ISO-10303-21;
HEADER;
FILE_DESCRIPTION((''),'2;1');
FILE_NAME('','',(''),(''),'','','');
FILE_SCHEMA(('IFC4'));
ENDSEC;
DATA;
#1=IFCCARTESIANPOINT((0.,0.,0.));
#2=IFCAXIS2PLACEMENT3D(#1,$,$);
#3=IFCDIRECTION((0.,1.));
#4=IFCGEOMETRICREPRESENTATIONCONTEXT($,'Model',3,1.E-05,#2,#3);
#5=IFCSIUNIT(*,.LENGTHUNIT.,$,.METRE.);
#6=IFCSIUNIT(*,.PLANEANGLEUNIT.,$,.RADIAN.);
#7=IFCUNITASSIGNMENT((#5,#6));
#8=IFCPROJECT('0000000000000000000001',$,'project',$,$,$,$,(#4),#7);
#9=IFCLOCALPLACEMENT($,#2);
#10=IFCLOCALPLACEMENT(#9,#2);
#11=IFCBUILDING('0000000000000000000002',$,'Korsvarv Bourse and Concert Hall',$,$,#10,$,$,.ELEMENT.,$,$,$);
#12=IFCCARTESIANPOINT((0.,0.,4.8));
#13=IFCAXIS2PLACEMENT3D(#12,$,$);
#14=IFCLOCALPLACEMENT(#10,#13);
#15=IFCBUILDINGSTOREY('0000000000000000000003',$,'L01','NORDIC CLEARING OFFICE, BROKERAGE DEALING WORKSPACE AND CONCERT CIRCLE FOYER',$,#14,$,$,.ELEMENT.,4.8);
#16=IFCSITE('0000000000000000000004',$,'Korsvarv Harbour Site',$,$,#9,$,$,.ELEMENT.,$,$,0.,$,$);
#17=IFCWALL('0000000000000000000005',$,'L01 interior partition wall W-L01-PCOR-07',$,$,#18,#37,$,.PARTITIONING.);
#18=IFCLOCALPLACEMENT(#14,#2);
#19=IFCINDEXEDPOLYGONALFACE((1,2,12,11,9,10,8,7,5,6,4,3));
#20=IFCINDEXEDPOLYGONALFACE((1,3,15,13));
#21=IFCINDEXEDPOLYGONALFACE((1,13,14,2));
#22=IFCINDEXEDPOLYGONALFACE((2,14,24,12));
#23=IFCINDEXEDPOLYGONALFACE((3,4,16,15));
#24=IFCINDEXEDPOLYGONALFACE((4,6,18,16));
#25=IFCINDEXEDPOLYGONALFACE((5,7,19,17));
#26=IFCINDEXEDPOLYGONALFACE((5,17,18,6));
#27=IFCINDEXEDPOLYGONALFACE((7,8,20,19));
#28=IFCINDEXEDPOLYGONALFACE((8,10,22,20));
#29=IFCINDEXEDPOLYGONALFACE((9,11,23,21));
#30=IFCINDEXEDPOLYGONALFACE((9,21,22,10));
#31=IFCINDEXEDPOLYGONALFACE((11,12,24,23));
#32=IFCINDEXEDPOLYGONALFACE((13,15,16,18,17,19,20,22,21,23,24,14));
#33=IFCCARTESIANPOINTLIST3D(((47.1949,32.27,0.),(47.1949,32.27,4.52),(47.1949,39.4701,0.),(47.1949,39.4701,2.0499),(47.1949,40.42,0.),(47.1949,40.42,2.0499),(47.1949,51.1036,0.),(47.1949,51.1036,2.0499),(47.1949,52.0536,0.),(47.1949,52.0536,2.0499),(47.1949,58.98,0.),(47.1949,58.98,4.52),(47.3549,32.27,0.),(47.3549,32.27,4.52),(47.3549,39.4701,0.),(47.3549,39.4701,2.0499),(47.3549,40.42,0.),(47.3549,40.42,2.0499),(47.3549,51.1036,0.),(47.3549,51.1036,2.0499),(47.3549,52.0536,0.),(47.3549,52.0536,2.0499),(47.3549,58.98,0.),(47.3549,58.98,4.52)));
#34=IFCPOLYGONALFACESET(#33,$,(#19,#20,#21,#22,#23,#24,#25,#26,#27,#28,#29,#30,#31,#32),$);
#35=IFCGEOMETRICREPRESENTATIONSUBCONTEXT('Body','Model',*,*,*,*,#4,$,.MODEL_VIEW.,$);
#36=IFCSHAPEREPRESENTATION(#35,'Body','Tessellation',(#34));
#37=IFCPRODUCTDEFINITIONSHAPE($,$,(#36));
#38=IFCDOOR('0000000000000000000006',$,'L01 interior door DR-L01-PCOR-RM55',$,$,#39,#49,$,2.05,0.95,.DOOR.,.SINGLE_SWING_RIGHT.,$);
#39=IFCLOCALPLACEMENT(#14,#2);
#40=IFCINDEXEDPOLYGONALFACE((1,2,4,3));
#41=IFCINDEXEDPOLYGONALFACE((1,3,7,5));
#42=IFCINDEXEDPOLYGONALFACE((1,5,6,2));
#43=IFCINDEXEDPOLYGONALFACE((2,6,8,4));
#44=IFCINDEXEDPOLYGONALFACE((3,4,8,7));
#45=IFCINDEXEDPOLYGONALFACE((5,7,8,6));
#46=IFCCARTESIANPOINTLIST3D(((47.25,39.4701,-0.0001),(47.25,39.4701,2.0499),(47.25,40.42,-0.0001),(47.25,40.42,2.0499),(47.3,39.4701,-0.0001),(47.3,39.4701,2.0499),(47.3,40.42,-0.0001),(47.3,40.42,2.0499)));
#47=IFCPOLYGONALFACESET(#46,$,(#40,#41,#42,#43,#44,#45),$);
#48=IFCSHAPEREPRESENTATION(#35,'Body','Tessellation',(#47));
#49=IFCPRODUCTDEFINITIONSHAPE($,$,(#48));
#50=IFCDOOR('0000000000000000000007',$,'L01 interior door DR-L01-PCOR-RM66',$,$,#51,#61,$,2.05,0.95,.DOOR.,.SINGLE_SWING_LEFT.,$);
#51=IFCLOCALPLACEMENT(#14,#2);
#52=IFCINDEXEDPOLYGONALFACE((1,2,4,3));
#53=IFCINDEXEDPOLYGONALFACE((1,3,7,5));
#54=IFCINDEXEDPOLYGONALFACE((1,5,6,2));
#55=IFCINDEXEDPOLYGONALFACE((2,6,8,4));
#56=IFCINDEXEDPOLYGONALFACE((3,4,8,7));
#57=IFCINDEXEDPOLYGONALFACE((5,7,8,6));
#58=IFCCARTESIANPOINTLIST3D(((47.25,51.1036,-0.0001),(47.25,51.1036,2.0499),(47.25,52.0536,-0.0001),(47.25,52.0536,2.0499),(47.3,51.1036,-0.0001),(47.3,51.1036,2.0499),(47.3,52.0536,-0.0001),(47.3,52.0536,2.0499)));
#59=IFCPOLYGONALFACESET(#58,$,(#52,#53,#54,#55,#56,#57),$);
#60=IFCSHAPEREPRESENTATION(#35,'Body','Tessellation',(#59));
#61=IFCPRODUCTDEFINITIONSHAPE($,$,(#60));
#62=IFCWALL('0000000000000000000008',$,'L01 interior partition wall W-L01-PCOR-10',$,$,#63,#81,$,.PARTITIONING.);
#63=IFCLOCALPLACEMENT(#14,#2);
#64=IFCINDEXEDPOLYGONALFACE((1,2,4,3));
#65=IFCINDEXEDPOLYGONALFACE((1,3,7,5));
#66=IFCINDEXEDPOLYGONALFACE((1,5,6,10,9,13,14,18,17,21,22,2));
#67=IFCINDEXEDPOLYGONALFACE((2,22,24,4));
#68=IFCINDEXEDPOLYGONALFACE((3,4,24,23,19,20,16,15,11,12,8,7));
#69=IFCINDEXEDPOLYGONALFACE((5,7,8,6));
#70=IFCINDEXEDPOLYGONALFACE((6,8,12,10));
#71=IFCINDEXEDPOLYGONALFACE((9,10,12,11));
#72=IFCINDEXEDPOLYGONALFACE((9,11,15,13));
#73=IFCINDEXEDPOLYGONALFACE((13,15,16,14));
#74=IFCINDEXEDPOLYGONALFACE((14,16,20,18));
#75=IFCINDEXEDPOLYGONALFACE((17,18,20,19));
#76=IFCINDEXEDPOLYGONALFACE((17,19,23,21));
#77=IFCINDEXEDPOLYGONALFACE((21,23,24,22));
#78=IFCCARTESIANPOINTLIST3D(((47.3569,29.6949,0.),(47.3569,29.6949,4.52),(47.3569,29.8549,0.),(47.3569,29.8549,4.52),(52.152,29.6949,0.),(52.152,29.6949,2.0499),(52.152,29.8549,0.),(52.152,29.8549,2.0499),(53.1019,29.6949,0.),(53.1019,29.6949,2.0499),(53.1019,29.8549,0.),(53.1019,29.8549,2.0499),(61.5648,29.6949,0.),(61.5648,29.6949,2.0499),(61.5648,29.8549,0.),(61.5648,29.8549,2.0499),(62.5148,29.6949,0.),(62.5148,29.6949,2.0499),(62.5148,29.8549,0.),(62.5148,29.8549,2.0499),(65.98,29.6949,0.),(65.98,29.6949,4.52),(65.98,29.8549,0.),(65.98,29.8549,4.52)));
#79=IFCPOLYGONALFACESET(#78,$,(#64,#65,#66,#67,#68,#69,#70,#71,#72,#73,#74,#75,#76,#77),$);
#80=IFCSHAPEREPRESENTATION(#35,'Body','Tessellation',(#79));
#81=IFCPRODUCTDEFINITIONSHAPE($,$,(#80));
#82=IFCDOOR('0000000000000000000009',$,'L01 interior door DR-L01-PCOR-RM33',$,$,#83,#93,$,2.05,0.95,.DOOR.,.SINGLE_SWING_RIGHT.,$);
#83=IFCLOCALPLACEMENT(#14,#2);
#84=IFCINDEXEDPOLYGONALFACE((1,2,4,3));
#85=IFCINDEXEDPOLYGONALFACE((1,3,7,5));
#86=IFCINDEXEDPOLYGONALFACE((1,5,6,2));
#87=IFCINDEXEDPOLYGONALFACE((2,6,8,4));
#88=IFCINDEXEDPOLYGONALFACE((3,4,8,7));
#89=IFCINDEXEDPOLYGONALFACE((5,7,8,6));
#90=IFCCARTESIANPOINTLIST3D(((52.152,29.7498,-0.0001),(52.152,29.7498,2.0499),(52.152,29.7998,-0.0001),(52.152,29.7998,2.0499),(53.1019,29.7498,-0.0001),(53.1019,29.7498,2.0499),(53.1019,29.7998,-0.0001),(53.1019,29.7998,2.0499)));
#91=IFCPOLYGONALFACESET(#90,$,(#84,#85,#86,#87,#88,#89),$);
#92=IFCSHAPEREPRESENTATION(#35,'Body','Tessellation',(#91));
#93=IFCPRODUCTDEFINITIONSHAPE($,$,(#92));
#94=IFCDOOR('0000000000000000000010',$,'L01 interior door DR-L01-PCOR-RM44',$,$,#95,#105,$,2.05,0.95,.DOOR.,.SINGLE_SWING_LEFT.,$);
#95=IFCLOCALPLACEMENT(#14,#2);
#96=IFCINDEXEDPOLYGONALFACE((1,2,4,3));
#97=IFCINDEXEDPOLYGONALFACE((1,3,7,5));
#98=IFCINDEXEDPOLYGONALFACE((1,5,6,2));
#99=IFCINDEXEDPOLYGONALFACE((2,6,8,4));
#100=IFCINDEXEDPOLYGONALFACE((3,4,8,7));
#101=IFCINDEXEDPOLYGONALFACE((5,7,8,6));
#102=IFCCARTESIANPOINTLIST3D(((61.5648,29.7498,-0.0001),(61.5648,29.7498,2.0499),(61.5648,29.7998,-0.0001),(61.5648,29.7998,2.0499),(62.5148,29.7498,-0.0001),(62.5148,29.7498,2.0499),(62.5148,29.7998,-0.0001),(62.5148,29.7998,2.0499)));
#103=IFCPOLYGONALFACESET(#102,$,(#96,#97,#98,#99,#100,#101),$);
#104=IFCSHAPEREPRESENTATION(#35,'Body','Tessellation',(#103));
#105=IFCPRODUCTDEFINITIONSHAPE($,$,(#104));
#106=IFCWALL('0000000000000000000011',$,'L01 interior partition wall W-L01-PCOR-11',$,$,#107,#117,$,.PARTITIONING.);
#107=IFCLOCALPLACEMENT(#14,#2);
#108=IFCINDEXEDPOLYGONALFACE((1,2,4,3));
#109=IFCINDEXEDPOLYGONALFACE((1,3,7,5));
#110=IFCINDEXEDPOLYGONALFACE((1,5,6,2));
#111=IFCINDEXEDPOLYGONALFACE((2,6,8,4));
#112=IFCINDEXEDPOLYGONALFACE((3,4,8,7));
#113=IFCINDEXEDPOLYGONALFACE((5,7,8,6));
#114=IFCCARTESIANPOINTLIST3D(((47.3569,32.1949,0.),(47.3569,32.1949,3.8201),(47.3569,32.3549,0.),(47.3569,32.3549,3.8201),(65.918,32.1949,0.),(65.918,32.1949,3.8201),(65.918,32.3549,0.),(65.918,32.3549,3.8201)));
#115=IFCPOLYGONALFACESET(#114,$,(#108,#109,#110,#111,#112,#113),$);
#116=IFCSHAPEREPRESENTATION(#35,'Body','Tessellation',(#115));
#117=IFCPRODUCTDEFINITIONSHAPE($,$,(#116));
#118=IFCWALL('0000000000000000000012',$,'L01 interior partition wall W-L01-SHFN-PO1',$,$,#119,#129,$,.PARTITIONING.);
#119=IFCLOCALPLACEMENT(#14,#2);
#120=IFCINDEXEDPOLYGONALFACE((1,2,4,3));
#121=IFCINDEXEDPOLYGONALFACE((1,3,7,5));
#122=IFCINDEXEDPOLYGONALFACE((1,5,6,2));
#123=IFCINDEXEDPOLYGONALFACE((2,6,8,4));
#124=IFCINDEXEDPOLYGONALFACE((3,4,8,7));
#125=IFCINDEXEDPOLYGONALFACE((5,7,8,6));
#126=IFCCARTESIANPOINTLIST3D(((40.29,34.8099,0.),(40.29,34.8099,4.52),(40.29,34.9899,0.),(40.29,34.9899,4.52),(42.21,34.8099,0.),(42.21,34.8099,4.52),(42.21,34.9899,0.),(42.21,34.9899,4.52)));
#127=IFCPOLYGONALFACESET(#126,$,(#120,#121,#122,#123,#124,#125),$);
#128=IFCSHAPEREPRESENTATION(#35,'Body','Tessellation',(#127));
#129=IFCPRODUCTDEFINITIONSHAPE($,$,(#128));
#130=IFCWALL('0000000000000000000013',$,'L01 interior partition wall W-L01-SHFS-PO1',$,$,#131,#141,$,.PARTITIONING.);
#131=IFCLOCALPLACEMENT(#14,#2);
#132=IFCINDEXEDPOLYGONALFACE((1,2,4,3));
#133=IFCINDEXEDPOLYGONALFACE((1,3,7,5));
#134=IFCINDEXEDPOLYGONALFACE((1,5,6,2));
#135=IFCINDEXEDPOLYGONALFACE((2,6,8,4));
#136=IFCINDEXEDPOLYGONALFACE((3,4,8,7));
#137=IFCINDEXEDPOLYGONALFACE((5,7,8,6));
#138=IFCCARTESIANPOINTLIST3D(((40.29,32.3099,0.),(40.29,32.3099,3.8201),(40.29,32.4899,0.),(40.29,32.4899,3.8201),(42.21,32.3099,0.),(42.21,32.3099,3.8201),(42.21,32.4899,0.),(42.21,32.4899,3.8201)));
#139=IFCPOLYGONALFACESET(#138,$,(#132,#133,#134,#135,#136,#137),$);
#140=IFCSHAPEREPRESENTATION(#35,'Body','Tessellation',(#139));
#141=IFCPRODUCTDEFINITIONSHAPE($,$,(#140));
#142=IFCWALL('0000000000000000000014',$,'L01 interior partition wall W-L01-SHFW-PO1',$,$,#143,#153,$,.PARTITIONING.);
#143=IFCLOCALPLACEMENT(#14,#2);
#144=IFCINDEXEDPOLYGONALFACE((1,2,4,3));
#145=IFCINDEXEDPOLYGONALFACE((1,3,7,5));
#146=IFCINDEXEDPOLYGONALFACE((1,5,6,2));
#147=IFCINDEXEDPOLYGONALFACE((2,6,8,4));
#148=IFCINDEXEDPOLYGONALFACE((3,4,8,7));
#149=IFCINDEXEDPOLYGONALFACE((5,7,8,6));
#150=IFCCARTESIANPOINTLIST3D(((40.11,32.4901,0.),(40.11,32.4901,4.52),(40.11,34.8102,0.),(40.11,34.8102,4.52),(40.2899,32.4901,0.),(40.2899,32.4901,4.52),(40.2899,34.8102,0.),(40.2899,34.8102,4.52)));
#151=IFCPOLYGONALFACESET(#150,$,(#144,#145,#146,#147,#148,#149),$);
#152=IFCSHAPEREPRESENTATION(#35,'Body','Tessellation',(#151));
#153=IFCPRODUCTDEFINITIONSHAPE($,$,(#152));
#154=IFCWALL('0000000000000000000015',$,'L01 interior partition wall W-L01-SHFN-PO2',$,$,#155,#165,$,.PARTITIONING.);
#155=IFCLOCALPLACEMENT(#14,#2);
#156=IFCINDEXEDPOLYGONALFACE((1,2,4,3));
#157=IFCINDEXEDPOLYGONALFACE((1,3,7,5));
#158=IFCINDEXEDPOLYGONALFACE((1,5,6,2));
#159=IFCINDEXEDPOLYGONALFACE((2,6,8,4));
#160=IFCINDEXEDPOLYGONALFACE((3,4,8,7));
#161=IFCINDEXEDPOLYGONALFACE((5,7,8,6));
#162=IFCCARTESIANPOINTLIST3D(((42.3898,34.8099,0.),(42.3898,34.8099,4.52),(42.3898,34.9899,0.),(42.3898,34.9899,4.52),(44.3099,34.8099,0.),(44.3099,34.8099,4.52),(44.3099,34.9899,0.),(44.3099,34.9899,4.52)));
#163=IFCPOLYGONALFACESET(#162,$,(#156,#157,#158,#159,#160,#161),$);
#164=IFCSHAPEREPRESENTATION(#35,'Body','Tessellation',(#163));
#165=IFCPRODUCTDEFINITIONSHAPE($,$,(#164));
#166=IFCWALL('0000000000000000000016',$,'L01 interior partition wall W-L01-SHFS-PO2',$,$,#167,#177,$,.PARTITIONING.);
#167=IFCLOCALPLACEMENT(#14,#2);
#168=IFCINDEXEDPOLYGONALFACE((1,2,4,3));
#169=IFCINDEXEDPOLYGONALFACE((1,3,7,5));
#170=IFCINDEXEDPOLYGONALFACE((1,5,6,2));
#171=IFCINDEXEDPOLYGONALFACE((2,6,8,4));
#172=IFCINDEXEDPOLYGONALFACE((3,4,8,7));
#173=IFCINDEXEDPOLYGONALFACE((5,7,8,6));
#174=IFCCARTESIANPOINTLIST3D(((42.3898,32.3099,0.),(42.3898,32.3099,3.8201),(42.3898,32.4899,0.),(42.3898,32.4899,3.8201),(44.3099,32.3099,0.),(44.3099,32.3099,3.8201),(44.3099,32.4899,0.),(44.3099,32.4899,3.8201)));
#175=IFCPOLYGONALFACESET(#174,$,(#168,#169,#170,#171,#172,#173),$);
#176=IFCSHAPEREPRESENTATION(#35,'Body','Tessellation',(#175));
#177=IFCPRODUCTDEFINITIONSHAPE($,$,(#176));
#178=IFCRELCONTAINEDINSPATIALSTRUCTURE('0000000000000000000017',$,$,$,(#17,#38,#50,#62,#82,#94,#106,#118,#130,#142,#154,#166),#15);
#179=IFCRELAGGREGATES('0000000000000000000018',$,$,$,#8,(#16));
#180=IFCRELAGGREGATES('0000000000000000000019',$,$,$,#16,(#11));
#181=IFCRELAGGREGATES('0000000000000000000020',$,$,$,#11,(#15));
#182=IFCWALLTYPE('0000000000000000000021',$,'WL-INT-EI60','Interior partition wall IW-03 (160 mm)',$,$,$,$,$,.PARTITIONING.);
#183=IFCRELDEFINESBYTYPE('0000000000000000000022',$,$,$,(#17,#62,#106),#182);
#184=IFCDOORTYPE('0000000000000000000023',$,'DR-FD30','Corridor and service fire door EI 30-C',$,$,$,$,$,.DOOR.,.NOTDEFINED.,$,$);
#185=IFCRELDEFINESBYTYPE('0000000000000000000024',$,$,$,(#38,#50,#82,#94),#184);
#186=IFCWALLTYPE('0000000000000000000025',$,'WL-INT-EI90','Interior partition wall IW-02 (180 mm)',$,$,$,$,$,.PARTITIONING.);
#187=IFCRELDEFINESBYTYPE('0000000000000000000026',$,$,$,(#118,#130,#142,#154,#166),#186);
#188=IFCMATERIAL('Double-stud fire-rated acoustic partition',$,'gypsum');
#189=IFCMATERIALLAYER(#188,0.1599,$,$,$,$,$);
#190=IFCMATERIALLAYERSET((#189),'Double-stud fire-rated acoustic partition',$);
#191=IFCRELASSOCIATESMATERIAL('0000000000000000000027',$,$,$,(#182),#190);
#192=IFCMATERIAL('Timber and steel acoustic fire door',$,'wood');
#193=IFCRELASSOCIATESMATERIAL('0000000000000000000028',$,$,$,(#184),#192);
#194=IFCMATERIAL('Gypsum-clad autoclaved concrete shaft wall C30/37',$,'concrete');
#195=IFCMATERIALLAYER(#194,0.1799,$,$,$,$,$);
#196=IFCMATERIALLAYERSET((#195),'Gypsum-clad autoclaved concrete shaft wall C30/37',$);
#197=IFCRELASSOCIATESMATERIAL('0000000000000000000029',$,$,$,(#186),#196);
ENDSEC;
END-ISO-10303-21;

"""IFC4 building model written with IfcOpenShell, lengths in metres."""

from ifc_helpers import new_model, si_unit, direction, frame, frame_2d, origin, place, context, subcontext, project, spatial, rectangle, extrude, material, layer, layer_set, type_object, element, fill, save


model = new_model("IFC4")

# Units and contexts
model_context = context("Model", 3, precision=1e-05, world=origin(), true_north=direction((0.0, 1.0)))
body_context = subcontext(model_context, "Body", "Model", "MODEL_VIEW")
ifc_project = project(units=[si_unit("LENGTHUNIT", "METRE"), si_unit("PLANEANGLEUNIT", "RADIAN")], contexts=[model_context])

# Site, building, storey
site_placement = place(None, origin())
site = spatial("IfcSite", under=ifc_project, at=site_placement, Name="Korsvarv Harbour Site", CompositionType="ELEMENT", RefElevation=0.0)
building_placement = place(site_placement, origin())
building = spatial("IfcBuilding", under=site, at=building_placement, Name="Korsvarv Bourse and Concert Hall", CompositionType="ELEMENT")
storey_placement = place(building_placement, frame((0.0, 0.0, 4.8)))
storey = spatial("IfcBuildingStorey", under=building, at=storey_placement, Name="L01", Description="NORDIC CLEARING OFFICE, BROKERAGE DEALING WORKSPACE AND CONCERT CIRCLE FOYER", CompositionType="ELEMENT", Elevation=4.8)

# Shared definitions
ifc_material_1 = material(Name="Double-stud fire-rated acoustic partition", Category="gypsum")
ifc_layer_1 = layer(ifc_material_1, 0.1599)
ifc_layer_set_1 = layer_set([ifc_layer_1], Name="Double-stud fire-rated acoustic partition")
wall_type_1 = type_object("IfcWallType", Name="WL-INT-EI60", Description="Interior partition wall IW-03 (160 mm)", PredefinedType="PARTITIONING", material=ifc_layer_set_1)

# Walls, openings, doors
wall_1_placement = place(storey_placement, frame((47.2749, 32.27, 0.0), z_axis=(0.0, 0.0, 1.0), x_axis=(0.0, 1.0, 0.0)))
wall_1 = element("IfcWall", 1, at=wall_1_placement, inside=storey, type_object=wall_type_1, Name="L01 interior partition wall W-L01-PCOR-07", PredefinedType="PARTITIONING", context=body_context, shape_type="SweptSolid", body=[
    extrude(rectangle(XDim=26.71, YDim=0.1599, at=frame_2d((13.355, 0.0))), origin(), (0.0, 0.0, 1.0), 4.52),
])
opening_1_placement = place(wall_1_placement, frame((7.2, 0.0, 0.0)))
opening_1 = element("IfcOpeningElement", 2, at=opening_1_placement, cuts=wall_1, PredefinedType="OPENING", context=body_context, shape_type="SweptSolid", body=[
    extrude(rectangle(XDim=0.95, YDim=2.05, at=frame_2d((0.4751, 1.0249))), frame((0.0, 0.0898, 0.0), z_axis=(0.0, -1.0, 0.0), x_axis=(1.0, 0.0, 0.0)), (0.0, 0.0, 1.0), 0.1799),
])
opening_2_placement = place(wall_1_placement, frame((18.8335, 0.0, 0.0)))
opening_2 = element("IfcOpeningElement", 3, at=opening_2_placement, cuts=wall_1, PredefinedType="OPENING", context=body_context, shape_type="SweptSolid", body=[
    extrude(rectangle(XDim=0.95, YDim=2.05, at=frame_2d((0.4751, 1.0249))), frame((0.0, 0.0898, 0.0), z_axis=(0.0, -1.0, 0.0), x_axis=(1.0, 0.0, 0.0)), (0.0, 0.0, 1.0), 0.1799),
])
ifc_material_2 = material(Name="Timber and steel acoustic fire door", Category="wood")
door_type_1 = type_object("IfcDoorType", Name="DR-FD30", Description="Corridor and service fire door EI 30-C", OperationType="NOTDEFINED", PredefinedType="DOOR", material=ifc_material_2)
door_1_placement = place(opening_1_placement, origin())
door_1 = element("IfcDoor", 4, at=door_1_placement, inside=storey, type_object=door_type_1, Name="L01 interior door DR-L01-PCOR-RM55", OperationType="SINGLE_SWING_RIGHT", OverallHeight=2.05, OverallWidth=0.95, PredefinedType="DOOR", context=body_context, shape_type="SweptSolid", body=[
    extrude(rectangle(XDim=0.95, YDim=2.05, at=frame_2d((0.4751, 1.0249))), frame((0.0, 0.0249, 0.0), z_axis=(0.0, -1.0, 0.0), x_axis=(1.0, 0.0, 0.0)), (0.0, 0.0, 1.0), 0.05),
])
fill(opening_1, door_1)
door_2_placement = place(opening_2_placement, origin())
door_2 = element("IfcDoor", 5, at=door_2_placement, inside=storey, type_object=door_type_1, Name="L01 interior door DR-L01-PCOR-RM66", OperationType="SINGLE_SWING_LEFT", OverallHeight=2.05, OverallWidth=0.95, PredefinedType="DOOR", context=body_context, shape_type="SweptSolid", body=[
    extrude(rectangle(XDim=0.95, YDim=2.05, at=frame_2d((0.4751, 1.0249))), frame((0.0, 0.0249, 0.0), z_axis=(0.0, -1.0, 0.0), x_axis=(1.0, 0.0, 0.0)), (0.0, 0.0, 1.0), 0.05),
])
fill(opening_2, door_2)
wall_2_placement = place(storey_placement, frame((47.3569, 29.7749, 0.0), z_axis=(0.0, 0.0, 1.0), x_axis=(1.0, 0.0, 0.0)))
wall_2 = element("IfcWall", 6, at=wall_2_placement, inside=storey, type_object=wall_type_1, Name="L01 interior partition wall W-L01-PCOR-10", PredefinedType="PARTITIONING", context=body_context, shape_type="SweptSolid", body=[
    extrude(rectangle(XDim=18.623, YDim=0.1599, at=frame_2d((9.3115, 0.0))), origin(), (0.0, 0.0, 1.0), 4.52),
])
opening_3_placement = place(wall_2_placement, frame((4.7949, 0.0, 0.0)))
opening_3 = element("IfcOpeningElement", 7, at=opening_3_placement, cuts=wall_2, PredefinedType="OPENING", context=body_context, shape_type="SweptSolid", body=[
    extrude(rectangle(XDim=0.95, YDim=2.05, at=frame_2d((0.4751, 1.0249))), frame((0.0, 0.0898, 0.0), z_axis=(0.0, -1.0, 0.0), x_axis=(1.0, 0.0, 0.0)), (0.0, 0.0, 1.0), 0.1799),
])
opening_4_placement = place(wall_2_placement, frame((14.2078, 0.0, 0.0)))
opening_4 = element("IfcOpeningElement", 8, at=opening_4_placement, cuts=wall_2, PredefinedType="OPENING", context=body_context, shape_type="SweptSolid", body=[
    extrude(rectangle(XDim=0.95, YDim=2.05, at=frame_2d((0.4751, 1.0249))), frame((0.0, 0.0898, 0.0), z_axis=(0.0, -1.0, 0.0), x_axis=(1.0, 0.0, 0.0)), (0.0, 0.0, 1.0), 0.1799),
])
door_3_placement = place(opening_3_placement, origin())
door_3 = element("IfcDoor", 9, at=door_3_placement, inside=storey, type_object=door_type_1, Name="L01 interior door DR-L01-PCOR-RM33", OperationType="SINGLE_SWING_RIGHT", OverallHeight=2.05, OverallWidth=0.95, PredefinedType="DOOR", context=body_context, shape_type="SweptSolid", body=[
    extrude(rectangle(XDim=0.95, YDim=2.05, at=frame_2d((0.4751, 1.0249))), frame((0.0, 0.0249, 0.0), z_axis=(0.0, -1.0, 0.0), x_axis=(1.0, 0.0, 0.0)), (0.0, 0.0, 1.0), 0.05),
])
fill(opening_3, door_3)
door_4_placement = place(opening_4_placement, origin())
door_4 = element("IfcDoor", 10, at=door_4_placement, inside=storey, type_object=door_type_1, Name="L01 interior door DR-L01-PCOR-RM44", OperationType="SINGLE_SWING_LEFT", OverallHeight=2.05, OverallWidth=0.95, PredefinedType="DOOR", context=body_context, shape_type="SweptSolid", body=[
    extrude(rectangle(XDim=0.95, YDim=2.05, at=frame_2d((0.4751, 1.0249))), frame((0.0, 0.0249, 0.0), z_axis=(0.0, -1.0, 0.0), x_axis=(1.0, 0.0, 0.0)), (0.0, 0.0, 1.0), 0.05),
])
fill(opening_4, door_4)

# Walls
wall_3_placement = place(storey_placement, frame((47.3569, 32.2749, 0.0), z_axis=(0.0, 0.0, 1.0), x_axis=(1.0, 0.0, 0.0)))
element("IfcWall", 11, at=wall_3_placement, inside=storey, type_object=wall_type_1, Name="L01 interior partition wall W-L01-PCOR-11", PredefinedType="PARTITIONING", context=body_context, shape_type="SweptSolid", body=[
    extrude(rectangle(XDim=18.561, YDim=0.1599, at=frame_2d((9.2805, 0.0))), origin(), (0.0, 0.0, 1.0), 3.8201),
])
ifc_material_3 = material(Name="Gypsum-clad autoclaved concrete shaft wall C30/37", Category="concrete")
ifc_layer_2 = layer(ifc_material_3, 0.1799)
ifc_layer_set_2 = layer_set([ifc_layer_2], Name="Gypsum-clad autoclaved concrete shaft wall C30/37")
wall_type_2 = type_object("IfcWallType", Name="WL-INT-EI90", Description="Interior partition wall IW-02 (180 mm)", PredefinedType="PARTITIONING", material=ifc_layer_set_2)
wall_4_placement = place(storey_placement, frame((40.29, 34.8999, 0.0), z_axis=(0.0, 0.0, 1.0), x_axis=(1.0, 0.0, 0.0)))
element("IfcWall", 12, at=wall_4_placement, inside=storey, type_object=wall_type_2, Name="L01 interior partition wall W-L01-SHFN-PO1", PredefinedType="PARTITIONING", context=body_context, shape_type="SweptSolid", body=[
    extrude(rectangle(XDim=1.9199, YDim=0.1799, at=frame_2d((0.96, 0.0))), origin(), (0.0, 0.0, 1.0), 4.52),
])
wall_5_placement = place(storey_placement, frame((40.29, 32.3999, 0.0), z_axis=(0.0, 0.0, 1.0), x_axis=(1.0, 0.0, 0.0)))
element("IfcWall", 13, at=wall_5_placement, inside=storey, type_object=wall_type_2, Name="L01 interior partition wall W-L01-SHFS-PO1", PredefinedType="PARTITIONING", context=body_context, shape_type="SweptSolid", body=[
    extrude(rectangle(XDim=1.9199, YDim=0.1799, at=frame_2d((0.96, 0.0))), origin(), (0.0, 0.0, 1.0), 3.8201),
])
wall_6_placement = place(storey_placement, frame((40.2, 32.49, 0.0), z_axis=(0.0, 0.0, 1.0), x_axis=(0.0, 1.0, 0.0)))
element("IfcWall", 14, at=wall_6_placement, inside=storey, type_object=wall_type_2, Name="L01 interior partition wall W-L01-SHFW-PO1", PredefinedType="PARTITIONING", context=body_context, shape_type="SweptSolid", body=[
    extrude(rectangle(XDim=2.3201, YDim=0.1799, at=frame_2d((1.1602, 0.0))), origin(), (0.0, 0.0, 1.0), 4.52),
])
wall_7_placement = place(storey_placement, frame((42.3899, 34.8999, 0.0), z_axis=(0.0, 0.0, 1.0), x_axis=(1.0, 0.0, 0.0)))
element("IfcWall", 15, at=wall_7_placement, inside=storey, type_object=wall_type_2, Name="L01 interior partition wall W-L01-SHFN-PO2", PredefinedType="PARTITIONING", context=body_context, shape_type="SweptSolid", body=[
    extrude(rectangle(XDim=1.9202, YDim=0.1799, at=frame_2d((0.96, 0.0))), origin(), (0.0, 0.0, 1.0), 4.52),
])
wall_8_placement = place(storey_placement, frame((42.3899, 32.3999, 0.0), z_axis=(0.0, 0.0, 1.0), x_axis=(1.0, 0.0, 0.0)))
element("IfcWall", 16, at=wall_8_placement, inside=storey, type_object=wall_type_2, Name="L01 interior partition wall W-L01-SHFS-PO2", PredefinedType="PARTITIONING", context=body_context, shape_type="SweptSolid", body=[
    extrude(rectangle(XDim=1.9202, YDim=0.1799, at=frame_2d((0.96, 0.0))), origin(), (0.0, 0.0, 1.0), 3.8201),
])

save(model, "model.ifc")
